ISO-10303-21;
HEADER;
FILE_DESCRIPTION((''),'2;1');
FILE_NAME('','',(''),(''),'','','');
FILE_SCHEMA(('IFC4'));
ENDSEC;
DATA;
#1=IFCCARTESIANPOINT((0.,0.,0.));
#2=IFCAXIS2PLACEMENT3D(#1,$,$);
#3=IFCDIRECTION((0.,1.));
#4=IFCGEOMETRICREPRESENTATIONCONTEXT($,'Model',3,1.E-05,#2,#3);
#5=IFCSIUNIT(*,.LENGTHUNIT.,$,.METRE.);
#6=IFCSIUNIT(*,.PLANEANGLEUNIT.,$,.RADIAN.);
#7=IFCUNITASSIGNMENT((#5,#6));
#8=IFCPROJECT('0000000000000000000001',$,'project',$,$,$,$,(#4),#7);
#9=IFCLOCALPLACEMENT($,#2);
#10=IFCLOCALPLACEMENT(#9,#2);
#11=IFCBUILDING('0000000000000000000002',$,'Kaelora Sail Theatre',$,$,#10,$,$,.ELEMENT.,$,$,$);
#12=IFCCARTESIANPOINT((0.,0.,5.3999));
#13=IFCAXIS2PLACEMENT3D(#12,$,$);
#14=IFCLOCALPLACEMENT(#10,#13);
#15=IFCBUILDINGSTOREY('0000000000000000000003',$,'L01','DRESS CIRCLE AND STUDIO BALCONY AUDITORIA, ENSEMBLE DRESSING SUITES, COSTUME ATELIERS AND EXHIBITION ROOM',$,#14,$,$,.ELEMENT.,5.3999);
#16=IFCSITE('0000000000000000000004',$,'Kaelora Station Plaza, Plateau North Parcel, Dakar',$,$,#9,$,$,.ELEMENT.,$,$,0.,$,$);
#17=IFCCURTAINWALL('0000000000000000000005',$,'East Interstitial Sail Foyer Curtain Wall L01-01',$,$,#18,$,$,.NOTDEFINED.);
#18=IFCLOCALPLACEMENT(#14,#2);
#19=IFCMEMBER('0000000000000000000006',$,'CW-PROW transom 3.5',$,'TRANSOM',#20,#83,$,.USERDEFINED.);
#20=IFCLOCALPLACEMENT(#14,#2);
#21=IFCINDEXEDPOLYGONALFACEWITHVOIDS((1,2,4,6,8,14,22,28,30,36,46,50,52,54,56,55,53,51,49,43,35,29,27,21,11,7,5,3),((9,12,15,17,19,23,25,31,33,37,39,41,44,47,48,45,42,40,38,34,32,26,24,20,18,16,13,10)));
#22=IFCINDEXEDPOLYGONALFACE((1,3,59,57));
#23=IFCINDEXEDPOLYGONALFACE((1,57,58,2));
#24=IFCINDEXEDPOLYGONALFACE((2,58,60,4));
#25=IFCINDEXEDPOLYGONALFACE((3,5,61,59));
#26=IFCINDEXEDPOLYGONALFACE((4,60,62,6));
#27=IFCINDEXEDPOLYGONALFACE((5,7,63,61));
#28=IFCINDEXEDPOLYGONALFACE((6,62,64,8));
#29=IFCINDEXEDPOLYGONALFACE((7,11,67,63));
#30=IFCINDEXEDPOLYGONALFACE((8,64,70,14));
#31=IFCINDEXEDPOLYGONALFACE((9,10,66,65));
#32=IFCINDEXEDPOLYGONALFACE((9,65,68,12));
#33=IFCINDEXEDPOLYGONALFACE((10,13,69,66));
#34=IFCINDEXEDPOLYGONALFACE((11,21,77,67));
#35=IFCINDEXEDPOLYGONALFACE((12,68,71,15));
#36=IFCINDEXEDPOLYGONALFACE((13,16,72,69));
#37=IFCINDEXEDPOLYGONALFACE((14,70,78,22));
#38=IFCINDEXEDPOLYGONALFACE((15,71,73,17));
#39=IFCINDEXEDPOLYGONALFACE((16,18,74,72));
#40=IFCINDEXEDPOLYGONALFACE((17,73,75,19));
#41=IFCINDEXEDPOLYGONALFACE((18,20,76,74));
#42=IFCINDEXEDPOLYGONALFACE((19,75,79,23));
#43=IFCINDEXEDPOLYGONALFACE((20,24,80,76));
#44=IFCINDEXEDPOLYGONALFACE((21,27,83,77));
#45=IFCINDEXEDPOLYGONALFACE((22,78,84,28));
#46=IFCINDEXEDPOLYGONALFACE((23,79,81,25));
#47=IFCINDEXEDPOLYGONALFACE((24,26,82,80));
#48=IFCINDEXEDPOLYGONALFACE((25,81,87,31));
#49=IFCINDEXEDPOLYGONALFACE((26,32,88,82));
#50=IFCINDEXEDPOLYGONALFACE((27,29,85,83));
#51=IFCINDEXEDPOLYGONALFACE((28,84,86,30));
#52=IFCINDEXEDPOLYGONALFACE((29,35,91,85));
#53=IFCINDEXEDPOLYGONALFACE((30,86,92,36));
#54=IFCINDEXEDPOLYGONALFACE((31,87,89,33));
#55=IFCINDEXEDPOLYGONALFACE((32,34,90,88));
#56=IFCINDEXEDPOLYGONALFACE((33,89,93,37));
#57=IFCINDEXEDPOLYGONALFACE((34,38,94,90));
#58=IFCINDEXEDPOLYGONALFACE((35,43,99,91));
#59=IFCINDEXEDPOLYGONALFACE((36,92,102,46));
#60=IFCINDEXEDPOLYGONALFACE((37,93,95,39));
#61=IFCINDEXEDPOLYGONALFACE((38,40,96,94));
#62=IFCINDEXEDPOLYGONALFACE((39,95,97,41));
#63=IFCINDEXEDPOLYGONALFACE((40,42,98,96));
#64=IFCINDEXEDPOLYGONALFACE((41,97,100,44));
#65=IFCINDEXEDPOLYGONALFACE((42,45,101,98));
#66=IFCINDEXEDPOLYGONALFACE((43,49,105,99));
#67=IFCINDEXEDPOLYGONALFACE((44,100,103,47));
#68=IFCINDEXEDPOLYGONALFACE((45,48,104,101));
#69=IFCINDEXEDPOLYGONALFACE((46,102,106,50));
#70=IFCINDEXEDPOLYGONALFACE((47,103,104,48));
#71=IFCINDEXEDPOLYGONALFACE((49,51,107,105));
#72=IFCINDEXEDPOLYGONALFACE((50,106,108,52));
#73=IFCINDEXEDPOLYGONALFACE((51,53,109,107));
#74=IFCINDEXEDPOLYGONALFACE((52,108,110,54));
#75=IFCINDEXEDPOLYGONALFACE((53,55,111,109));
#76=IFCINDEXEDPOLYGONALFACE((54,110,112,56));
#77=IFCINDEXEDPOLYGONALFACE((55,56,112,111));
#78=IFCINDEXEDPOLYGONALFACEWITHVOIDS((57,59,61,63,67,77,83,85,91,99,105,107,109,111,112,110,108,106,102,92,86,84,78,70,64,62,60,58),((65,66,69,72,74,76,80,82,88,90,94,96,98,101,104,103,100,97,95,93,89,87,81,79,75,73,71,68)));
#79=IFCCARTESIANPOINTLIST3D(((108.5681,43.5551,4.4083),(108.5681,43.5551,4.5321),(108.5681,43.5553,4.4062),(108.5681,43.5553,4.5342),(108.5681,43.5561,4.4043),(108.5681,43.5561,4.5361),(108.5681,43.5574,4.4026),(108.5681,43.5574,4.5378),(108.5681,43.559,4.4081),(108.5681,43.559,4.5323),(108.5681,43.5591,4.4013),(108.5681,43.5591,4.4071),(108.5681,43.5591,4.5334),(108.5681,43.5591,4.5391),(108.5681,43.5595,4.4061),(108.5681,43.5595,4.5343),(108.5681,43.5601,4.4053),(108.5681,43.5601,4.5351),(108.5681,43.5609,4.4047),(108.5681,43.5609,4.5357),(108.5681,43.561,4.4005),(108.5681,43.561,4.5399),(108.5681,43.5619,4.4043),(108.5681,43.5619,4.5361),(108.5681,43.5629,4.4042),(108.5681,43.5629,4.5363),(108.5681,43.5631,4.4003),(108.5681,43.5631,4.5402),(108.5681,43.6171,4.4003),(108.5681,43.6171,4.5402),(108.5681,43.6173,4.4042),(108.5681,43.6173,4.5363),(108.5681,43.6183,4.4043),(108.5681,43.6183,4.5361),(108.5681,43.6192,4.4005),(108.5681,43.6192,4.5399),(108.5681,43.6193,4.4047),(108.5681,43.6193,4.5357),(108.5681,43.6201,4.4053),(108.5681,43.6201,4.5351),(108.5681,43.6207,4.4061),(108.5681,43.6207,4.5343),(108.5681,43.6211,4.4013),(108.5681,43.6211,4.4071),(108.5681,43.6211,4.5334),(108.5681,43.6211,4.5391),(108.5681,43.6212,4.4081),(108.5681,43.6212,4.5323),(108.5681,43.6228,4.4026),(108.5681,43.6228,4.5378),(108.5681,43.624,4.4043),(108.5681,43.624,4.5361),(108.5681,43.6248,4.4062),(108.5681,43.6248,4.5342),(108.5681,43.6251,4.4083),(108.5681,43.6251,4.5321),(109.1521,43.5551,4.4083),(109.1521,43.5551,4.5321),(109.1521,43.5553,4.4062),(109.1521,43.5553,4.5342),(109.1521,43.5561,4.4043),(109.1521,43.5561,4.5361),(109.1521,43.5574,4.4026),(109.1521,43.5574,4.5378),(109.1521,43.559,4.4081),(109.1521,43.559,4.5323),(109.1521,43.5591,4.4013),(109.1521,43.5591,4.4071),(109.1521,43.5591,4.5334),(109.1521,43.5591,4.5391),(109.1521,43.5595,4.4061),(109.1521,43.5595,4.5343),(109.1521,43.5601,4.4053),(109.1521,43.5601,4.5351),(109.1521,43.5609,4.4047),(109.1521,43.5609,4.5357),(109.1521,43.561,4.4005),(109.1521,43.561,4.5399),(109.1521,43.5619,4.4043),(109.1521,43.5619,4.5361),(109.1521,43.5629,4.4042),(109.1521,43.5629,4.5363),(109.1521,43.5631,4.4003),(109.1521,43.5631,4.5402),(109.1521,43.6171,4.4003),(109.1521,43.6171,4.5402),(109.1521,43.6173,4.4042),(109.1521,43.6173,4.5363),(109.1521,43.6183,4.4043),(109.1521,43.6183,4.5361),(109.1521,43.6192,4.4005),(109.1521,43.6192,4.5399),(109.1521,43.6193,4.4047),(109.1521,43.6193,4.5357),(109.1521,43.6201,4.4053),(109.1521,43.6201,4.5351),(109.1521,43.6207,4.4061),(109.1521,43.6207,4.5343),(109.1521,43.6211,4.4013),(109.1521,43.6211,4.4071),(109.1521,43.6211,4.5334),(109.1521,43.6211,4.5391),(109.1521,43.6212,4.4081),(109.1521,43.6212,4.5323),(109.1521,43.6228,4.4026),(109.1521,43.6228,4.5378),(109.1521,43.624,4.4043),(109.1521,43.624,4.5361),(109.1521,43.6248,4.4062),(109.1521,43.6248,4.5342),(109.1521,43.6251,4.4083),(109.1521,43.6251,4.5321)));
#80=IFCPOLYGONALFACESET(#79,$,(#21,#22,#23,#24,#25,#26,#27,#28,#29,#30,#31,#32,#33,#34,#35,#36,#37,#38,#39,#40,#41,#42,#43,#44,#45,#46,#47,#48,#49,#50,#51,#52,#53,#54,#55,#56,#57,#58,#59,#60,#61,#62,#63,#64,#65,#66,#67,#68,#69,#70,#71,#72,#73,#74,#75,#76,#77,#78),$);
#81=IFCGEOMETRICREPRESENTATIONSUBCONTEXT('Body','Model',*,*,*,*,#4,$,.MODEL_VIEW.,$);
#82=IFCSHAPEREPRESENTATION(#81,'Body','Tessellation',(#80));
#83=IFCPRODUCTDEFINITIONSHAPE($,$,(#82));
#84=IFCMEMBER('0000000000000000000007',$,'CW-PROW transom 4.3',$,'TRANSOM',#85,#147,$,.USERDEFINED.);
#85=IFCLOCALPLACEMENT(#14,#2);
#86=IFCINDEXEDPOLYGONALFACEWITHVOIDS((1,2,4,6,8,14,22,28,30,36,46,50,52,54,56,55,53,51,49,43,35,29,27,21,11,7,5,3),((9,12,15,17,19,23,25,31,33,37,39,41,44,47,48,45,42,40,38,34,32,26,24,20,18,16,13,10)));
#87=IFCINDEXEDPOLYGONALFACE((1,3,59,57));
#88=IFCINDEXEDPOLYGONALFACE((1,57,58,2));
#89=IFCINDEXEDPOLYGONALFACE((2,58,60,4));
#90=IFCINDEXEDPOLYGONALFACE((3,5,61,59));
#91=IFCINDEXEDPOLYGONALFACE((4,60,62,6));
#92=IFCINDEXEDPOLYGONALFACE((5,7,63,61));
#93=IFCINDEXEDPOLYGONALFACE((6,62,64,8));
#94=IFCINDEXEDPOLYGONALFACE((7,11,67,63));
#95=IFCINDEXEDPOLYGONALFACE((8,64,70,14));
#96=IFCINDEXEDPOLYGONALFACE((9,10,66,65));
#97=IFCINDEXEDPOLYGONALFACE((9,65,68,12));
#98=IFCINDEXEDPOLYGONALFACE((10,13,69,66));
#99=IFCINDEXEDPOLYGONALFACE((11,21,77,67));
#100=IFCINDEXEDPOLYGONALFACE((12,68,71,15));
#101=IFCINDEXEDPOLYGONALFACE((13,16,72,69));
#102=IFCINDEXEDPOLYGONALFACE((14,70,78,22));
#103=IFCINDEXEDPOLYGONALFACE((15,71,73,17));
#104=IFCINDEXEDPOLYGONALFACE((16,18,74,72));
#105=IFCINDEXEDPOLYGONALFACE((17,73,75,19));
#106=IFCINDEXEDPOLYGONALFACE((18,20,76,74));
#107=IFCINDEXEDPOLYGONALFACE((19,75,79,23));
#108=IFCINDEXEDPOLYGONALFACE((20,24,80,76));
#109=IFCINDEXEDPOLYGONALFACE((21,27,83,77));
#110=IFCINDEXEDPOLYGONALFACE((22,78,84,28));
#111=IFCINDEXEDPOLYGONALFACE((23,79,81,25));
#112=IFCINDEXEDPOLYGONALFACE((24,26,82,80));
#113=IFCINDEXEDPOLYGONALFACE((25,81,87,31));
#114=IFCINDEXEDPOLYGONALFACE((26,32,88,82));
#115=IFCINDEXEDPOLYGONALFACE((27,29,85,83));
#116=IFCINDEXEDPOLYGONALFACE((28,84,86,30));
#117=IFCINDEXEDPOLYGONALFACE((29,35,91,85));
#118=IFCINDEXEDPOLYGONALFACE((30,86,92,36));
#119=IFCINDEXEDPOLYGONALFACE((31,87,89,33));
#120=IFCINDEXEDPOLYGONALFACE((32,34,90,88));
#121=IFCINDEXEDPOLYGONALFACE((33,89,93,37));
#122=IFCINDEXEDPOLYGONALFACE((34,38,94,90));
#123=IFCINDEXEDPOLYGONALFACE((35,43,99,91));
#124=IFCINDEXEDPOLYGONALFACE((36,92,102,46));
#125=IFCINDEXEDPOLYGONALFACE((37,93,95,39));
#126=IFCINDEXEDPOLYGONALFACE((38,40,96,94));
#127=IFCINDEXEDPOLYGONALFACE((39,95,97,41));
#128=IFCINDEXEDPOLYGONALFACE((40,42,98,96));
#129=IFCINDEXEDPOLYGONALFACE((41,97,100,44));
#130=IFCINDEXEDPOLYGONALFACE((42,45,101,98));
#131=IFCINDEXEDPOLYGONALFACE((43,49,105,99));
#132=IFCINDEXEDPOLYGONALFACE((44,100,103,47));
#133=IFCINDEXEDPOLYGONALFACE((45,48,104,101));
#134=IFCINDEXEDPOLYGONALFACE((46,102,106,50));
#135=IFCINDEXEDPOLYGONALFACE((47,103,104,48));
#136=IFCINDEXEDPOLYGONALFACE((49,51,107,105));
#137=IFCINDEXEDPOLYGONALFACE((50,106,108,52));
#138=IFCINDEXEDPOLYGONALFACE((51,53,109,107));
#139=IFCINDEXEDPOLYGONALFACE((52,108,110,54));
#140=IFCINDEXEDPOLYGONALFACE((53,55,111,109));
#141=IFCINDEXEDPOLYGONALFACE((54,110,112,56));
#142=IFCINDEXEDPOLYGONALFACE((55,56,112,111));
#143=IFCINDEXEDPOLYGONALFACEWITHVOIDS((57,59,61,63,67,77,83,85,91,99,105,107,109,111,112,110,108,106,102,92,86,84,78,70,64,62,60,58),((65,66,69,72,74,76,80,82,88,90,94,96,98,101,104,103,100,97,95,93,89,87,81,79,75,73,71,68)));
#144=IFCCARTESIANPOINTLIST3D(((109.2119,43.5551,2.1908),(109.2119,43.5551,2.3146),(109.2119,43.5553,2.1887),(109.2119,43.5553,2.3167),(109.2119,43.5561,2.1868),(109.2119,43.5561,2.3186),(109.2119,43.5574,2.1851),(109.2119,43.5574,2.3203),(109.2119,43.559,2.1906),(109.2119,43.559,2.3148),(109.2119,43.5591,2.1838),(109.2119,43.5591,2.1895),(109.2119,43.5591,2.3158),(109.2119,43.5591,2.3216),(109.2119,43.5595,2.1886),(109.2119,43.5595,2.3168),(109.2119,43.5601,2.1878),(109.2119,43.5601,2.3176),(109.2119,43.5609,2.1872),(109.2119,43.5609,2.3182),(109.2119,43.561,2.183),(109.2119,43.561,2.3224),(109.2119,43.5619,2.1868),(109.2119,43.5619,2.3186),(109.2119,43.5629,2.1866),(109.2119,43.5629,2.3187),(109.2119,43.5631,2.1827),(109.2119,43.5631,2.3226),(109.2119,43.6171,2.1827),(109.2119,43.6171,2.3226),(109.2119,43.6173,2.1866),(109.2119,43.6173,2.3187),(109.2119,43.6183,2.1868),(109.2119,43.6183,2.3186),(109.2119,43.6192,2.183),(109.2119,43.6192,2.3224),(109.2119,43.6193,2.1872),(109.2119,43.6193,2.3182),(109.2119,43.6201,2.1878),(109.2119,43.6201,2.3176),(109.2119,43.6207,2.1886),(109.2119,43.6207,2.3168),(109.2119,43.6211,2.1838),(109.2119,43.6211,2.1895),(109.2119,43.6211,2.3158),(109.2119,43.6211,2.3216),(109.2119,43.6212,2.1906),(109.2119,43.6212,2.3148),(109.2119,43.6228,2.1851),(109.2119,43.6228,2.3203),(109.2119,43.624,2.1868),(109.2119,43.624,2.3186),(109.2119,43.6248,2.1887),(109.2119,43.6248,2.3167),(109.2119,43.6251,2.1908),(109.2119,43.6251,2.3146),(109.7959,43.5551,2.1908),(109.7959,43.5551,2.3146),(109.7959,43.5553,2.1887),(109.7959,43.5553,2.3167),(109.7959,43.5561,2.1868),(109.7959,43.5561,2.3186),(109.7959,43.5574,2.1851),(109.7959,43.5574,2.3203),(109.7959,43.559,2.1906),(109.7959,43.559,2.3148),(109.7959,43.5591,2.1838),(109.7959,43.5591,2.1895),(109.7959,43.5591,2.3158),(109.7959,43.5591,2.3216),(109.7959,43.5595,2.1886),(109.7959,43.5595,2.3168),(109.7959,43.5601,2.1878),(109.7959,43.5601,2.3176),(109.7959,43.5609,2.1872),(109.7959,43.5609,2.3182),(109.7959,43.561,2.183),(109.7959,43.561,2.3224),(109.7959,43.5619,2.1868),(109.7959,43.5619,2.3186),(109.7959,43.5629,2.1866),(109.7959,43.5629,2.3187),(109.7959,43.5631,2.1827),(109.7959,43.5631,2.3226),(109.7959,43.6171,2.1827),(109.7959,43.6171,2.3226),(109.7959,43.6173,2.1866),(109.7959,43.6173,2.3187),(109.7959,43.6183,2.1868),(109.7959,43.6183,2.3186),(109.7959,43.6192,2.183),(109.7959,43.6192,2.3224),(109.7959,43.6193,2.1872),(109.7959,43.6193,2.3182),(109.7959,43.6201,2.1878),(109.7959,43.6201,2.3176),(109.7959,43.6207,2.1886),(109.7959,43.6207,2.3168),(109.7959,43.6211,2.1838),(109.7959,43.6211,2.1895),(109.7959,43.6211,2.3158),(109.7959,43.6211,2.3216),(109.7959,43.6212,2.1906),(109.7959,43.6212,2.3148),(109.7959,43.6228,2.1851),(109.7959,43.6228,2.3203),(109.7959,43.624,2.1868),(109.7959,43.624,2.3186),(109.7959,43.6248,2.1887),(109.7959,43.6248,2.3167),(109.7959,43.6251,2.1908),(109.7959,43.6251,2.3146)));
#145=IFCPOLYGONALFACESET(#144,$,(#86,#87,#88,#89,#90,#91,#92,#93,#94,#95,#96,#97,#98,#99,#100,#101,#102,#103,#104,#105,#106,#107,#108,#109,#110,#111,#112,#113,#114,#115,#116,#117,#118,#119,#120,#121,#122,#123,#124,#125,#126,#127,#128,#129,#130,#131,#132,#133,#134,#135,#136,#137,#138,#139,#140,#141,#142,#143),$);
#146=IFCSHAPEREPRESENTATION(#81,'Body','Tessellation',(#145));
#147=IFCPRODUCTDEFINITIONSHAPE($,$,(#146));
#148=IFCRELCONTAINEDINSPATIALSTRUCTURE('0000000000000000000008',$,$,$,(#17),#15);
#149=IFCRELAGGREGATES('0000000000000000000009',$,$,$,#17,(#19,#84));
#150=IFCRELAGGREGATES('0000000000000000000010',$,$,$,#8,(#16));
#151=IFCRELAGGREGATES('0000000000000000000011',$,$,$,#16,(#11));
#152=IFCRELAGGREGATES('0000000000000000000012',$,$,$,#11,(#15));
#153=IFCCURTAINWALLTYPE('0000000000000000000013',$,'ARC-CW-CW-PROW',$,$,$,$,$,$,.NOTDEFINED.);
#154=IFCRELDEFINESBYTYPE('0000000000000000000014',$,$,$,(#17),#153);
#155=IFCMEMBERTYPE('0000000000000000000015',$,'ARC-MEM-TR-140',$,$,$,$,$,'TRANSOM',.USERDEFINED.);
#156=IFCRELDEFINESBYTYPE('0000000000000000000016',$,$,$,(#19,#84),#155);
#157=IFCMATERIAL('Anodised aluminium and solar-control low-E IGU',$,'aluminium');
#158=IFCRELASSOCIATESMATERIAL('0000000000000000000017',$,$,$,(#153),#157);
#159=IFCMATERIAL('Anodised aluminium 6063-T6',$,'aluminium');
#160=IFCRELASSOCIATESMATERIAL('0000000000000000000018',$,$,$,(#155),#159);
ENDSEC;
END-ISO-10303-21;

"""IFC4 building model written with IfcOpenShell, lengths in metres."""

from ifc_helpers import new_model, si_unit, direction, frame, origin, origin_2d, place, context, subcontext, project, spatial, hollow_rectangle, extrude, material, material_profile, profile_set, type_object, element, aggregate, save


model = new_model("IFC4")

# Units and contexts
model_context = context("Model", 3, precision=1e-05, world=origin(), true_north=direction((0.0, 1.0)))
body_context = subcontext(model_context, "Body", "Model", "MODEL_VIEW")
ifc_project = project(units=[si_unit("LENGTHUNIT", "METRE"), si_unit("PLANEANGLEUNIT", "RADIAN")], contexts=[model_context])

# Site, building, storey
site_placement = place(None, origin())
site = spatial("IfcSite", under=ifc_project, at=site_placement, Name="Kaelora Station Plaza, Plateau North Parcel, Dakar", CompositionType="ELEMENT", RefElevation=0.0)
building_placement = place(site_placement, origin())
building = spatial("IfcBuilding", under=site, at=building_placement, Name="Kaelora Sail Theatre", CompositionType="ELEMENT")
storey_placement = place(building_placement, frame((0.0, 0.0, 5.3999)))
storey = spatial("IfcBuildingStorey", under=building, at=storey_placement, Name="L01", Description="DRESS CIRCLE AND STUDIO BALCONY AUDITORIA, ENSEMBLE DRESSING SUITES, COSTUME ATELIERS AND EXHIBITION ROOM", CompositionType="ELEMENT", Elevation=5.3999)

# Curtain wall, members
ifc_material_1 = material(Name="Anodised aluminium and solar-control low-E IGU", Category="aluminium")
curtain_wall_type = type_object("IfcCurtainWallType", Name="ARC-CW-CW-PROW", PredefinedType="NOTDEFINED", material=ifc_material_1)
curtain_wall_placement = place(storey_placement, origin())
curtain_wall = element("IfcCurtainWall", 1, at=curtain_wall_placement, inside=storey, type_object=curtain_wall_type, Name="East Interstitial Sail Foyer Curtain Wall L01-01", PredefinedType="NOTDEFINED")
ifc_material_2 = material(Name="Anodised aluminium 6063-T6", Category="aluminium")
ifc_material_profile = material_profile(ifc_material_2, hollow_rectangle(XDim=0.0701, YDim=0.1399, WallThickness=0.0039, InnerFilletRadius=0.0039, OuterFilletRadius=0.0081, at=origin_2d()), Name="ALU-TRAN 70x140x4")
ifc_profile_set = profile_set([ifc_material_profile], Name="Anodised aluminium 6063-T6")
member_type = type_object("IfcMemberType", Name="ARC-MEM-TR-140", ElementType="TRANSOM", PredefinedType="USERDEFINED", material=ifc_profile_set)
member_1_placement = place(storey_placement, frame((108.5681, 43.5901, 4.4702), z_axis=(1.0, 0.0, 0.0), x_axis=(0.0, 1.0, 0.0)))
member_1 = element("IfcMember", 2, at=member_1_placement, type_object=member_type, Name="CW-PROW transom 3.5", ObjectType="TRANSOM", PredefinedType="USERDEFINED", context=body_context, shape_type="SweptSolid", body=[
    extrude(hollow_rectangle(XDim=0.0701, YDim=0.1399, WallThickness=0.0039, InnerFilletRadius=0.0039, OuterFilletRadius=0.0081, at=origin_2d()), origin(), (0.0, 0.0, 1.0), 0.584),
])
member_2_placement = place(storey_placement, frame((109.2119, 43.5901, 2.2527), z_axis=(1.0, 0.0, 0.0), x_axis=(0.0, 1.0, 0.0)))
member_2 = element("IfcMember", 3, at=member_2_placement, type_object=member_type, Name="CW-PROW transom 4.3", ObjectType="TRANSOM", PredefinedType="USERDEFINED", context=body_context, shape_type="SweptSolid", body=[
    extrude(hollow_rectangle(XDim=0.0701, YDim=0.1399, WallThickness=0.0039, InnerFilletRadius=0.0039, OuterFilletRadius=0.0081, at=origin_2d()), origin(), (0.0, 0.0, 1.0), 0.584),
])
aggregate(curtain_wall, [member_1, member_2])

save(model, "model.ifc")
